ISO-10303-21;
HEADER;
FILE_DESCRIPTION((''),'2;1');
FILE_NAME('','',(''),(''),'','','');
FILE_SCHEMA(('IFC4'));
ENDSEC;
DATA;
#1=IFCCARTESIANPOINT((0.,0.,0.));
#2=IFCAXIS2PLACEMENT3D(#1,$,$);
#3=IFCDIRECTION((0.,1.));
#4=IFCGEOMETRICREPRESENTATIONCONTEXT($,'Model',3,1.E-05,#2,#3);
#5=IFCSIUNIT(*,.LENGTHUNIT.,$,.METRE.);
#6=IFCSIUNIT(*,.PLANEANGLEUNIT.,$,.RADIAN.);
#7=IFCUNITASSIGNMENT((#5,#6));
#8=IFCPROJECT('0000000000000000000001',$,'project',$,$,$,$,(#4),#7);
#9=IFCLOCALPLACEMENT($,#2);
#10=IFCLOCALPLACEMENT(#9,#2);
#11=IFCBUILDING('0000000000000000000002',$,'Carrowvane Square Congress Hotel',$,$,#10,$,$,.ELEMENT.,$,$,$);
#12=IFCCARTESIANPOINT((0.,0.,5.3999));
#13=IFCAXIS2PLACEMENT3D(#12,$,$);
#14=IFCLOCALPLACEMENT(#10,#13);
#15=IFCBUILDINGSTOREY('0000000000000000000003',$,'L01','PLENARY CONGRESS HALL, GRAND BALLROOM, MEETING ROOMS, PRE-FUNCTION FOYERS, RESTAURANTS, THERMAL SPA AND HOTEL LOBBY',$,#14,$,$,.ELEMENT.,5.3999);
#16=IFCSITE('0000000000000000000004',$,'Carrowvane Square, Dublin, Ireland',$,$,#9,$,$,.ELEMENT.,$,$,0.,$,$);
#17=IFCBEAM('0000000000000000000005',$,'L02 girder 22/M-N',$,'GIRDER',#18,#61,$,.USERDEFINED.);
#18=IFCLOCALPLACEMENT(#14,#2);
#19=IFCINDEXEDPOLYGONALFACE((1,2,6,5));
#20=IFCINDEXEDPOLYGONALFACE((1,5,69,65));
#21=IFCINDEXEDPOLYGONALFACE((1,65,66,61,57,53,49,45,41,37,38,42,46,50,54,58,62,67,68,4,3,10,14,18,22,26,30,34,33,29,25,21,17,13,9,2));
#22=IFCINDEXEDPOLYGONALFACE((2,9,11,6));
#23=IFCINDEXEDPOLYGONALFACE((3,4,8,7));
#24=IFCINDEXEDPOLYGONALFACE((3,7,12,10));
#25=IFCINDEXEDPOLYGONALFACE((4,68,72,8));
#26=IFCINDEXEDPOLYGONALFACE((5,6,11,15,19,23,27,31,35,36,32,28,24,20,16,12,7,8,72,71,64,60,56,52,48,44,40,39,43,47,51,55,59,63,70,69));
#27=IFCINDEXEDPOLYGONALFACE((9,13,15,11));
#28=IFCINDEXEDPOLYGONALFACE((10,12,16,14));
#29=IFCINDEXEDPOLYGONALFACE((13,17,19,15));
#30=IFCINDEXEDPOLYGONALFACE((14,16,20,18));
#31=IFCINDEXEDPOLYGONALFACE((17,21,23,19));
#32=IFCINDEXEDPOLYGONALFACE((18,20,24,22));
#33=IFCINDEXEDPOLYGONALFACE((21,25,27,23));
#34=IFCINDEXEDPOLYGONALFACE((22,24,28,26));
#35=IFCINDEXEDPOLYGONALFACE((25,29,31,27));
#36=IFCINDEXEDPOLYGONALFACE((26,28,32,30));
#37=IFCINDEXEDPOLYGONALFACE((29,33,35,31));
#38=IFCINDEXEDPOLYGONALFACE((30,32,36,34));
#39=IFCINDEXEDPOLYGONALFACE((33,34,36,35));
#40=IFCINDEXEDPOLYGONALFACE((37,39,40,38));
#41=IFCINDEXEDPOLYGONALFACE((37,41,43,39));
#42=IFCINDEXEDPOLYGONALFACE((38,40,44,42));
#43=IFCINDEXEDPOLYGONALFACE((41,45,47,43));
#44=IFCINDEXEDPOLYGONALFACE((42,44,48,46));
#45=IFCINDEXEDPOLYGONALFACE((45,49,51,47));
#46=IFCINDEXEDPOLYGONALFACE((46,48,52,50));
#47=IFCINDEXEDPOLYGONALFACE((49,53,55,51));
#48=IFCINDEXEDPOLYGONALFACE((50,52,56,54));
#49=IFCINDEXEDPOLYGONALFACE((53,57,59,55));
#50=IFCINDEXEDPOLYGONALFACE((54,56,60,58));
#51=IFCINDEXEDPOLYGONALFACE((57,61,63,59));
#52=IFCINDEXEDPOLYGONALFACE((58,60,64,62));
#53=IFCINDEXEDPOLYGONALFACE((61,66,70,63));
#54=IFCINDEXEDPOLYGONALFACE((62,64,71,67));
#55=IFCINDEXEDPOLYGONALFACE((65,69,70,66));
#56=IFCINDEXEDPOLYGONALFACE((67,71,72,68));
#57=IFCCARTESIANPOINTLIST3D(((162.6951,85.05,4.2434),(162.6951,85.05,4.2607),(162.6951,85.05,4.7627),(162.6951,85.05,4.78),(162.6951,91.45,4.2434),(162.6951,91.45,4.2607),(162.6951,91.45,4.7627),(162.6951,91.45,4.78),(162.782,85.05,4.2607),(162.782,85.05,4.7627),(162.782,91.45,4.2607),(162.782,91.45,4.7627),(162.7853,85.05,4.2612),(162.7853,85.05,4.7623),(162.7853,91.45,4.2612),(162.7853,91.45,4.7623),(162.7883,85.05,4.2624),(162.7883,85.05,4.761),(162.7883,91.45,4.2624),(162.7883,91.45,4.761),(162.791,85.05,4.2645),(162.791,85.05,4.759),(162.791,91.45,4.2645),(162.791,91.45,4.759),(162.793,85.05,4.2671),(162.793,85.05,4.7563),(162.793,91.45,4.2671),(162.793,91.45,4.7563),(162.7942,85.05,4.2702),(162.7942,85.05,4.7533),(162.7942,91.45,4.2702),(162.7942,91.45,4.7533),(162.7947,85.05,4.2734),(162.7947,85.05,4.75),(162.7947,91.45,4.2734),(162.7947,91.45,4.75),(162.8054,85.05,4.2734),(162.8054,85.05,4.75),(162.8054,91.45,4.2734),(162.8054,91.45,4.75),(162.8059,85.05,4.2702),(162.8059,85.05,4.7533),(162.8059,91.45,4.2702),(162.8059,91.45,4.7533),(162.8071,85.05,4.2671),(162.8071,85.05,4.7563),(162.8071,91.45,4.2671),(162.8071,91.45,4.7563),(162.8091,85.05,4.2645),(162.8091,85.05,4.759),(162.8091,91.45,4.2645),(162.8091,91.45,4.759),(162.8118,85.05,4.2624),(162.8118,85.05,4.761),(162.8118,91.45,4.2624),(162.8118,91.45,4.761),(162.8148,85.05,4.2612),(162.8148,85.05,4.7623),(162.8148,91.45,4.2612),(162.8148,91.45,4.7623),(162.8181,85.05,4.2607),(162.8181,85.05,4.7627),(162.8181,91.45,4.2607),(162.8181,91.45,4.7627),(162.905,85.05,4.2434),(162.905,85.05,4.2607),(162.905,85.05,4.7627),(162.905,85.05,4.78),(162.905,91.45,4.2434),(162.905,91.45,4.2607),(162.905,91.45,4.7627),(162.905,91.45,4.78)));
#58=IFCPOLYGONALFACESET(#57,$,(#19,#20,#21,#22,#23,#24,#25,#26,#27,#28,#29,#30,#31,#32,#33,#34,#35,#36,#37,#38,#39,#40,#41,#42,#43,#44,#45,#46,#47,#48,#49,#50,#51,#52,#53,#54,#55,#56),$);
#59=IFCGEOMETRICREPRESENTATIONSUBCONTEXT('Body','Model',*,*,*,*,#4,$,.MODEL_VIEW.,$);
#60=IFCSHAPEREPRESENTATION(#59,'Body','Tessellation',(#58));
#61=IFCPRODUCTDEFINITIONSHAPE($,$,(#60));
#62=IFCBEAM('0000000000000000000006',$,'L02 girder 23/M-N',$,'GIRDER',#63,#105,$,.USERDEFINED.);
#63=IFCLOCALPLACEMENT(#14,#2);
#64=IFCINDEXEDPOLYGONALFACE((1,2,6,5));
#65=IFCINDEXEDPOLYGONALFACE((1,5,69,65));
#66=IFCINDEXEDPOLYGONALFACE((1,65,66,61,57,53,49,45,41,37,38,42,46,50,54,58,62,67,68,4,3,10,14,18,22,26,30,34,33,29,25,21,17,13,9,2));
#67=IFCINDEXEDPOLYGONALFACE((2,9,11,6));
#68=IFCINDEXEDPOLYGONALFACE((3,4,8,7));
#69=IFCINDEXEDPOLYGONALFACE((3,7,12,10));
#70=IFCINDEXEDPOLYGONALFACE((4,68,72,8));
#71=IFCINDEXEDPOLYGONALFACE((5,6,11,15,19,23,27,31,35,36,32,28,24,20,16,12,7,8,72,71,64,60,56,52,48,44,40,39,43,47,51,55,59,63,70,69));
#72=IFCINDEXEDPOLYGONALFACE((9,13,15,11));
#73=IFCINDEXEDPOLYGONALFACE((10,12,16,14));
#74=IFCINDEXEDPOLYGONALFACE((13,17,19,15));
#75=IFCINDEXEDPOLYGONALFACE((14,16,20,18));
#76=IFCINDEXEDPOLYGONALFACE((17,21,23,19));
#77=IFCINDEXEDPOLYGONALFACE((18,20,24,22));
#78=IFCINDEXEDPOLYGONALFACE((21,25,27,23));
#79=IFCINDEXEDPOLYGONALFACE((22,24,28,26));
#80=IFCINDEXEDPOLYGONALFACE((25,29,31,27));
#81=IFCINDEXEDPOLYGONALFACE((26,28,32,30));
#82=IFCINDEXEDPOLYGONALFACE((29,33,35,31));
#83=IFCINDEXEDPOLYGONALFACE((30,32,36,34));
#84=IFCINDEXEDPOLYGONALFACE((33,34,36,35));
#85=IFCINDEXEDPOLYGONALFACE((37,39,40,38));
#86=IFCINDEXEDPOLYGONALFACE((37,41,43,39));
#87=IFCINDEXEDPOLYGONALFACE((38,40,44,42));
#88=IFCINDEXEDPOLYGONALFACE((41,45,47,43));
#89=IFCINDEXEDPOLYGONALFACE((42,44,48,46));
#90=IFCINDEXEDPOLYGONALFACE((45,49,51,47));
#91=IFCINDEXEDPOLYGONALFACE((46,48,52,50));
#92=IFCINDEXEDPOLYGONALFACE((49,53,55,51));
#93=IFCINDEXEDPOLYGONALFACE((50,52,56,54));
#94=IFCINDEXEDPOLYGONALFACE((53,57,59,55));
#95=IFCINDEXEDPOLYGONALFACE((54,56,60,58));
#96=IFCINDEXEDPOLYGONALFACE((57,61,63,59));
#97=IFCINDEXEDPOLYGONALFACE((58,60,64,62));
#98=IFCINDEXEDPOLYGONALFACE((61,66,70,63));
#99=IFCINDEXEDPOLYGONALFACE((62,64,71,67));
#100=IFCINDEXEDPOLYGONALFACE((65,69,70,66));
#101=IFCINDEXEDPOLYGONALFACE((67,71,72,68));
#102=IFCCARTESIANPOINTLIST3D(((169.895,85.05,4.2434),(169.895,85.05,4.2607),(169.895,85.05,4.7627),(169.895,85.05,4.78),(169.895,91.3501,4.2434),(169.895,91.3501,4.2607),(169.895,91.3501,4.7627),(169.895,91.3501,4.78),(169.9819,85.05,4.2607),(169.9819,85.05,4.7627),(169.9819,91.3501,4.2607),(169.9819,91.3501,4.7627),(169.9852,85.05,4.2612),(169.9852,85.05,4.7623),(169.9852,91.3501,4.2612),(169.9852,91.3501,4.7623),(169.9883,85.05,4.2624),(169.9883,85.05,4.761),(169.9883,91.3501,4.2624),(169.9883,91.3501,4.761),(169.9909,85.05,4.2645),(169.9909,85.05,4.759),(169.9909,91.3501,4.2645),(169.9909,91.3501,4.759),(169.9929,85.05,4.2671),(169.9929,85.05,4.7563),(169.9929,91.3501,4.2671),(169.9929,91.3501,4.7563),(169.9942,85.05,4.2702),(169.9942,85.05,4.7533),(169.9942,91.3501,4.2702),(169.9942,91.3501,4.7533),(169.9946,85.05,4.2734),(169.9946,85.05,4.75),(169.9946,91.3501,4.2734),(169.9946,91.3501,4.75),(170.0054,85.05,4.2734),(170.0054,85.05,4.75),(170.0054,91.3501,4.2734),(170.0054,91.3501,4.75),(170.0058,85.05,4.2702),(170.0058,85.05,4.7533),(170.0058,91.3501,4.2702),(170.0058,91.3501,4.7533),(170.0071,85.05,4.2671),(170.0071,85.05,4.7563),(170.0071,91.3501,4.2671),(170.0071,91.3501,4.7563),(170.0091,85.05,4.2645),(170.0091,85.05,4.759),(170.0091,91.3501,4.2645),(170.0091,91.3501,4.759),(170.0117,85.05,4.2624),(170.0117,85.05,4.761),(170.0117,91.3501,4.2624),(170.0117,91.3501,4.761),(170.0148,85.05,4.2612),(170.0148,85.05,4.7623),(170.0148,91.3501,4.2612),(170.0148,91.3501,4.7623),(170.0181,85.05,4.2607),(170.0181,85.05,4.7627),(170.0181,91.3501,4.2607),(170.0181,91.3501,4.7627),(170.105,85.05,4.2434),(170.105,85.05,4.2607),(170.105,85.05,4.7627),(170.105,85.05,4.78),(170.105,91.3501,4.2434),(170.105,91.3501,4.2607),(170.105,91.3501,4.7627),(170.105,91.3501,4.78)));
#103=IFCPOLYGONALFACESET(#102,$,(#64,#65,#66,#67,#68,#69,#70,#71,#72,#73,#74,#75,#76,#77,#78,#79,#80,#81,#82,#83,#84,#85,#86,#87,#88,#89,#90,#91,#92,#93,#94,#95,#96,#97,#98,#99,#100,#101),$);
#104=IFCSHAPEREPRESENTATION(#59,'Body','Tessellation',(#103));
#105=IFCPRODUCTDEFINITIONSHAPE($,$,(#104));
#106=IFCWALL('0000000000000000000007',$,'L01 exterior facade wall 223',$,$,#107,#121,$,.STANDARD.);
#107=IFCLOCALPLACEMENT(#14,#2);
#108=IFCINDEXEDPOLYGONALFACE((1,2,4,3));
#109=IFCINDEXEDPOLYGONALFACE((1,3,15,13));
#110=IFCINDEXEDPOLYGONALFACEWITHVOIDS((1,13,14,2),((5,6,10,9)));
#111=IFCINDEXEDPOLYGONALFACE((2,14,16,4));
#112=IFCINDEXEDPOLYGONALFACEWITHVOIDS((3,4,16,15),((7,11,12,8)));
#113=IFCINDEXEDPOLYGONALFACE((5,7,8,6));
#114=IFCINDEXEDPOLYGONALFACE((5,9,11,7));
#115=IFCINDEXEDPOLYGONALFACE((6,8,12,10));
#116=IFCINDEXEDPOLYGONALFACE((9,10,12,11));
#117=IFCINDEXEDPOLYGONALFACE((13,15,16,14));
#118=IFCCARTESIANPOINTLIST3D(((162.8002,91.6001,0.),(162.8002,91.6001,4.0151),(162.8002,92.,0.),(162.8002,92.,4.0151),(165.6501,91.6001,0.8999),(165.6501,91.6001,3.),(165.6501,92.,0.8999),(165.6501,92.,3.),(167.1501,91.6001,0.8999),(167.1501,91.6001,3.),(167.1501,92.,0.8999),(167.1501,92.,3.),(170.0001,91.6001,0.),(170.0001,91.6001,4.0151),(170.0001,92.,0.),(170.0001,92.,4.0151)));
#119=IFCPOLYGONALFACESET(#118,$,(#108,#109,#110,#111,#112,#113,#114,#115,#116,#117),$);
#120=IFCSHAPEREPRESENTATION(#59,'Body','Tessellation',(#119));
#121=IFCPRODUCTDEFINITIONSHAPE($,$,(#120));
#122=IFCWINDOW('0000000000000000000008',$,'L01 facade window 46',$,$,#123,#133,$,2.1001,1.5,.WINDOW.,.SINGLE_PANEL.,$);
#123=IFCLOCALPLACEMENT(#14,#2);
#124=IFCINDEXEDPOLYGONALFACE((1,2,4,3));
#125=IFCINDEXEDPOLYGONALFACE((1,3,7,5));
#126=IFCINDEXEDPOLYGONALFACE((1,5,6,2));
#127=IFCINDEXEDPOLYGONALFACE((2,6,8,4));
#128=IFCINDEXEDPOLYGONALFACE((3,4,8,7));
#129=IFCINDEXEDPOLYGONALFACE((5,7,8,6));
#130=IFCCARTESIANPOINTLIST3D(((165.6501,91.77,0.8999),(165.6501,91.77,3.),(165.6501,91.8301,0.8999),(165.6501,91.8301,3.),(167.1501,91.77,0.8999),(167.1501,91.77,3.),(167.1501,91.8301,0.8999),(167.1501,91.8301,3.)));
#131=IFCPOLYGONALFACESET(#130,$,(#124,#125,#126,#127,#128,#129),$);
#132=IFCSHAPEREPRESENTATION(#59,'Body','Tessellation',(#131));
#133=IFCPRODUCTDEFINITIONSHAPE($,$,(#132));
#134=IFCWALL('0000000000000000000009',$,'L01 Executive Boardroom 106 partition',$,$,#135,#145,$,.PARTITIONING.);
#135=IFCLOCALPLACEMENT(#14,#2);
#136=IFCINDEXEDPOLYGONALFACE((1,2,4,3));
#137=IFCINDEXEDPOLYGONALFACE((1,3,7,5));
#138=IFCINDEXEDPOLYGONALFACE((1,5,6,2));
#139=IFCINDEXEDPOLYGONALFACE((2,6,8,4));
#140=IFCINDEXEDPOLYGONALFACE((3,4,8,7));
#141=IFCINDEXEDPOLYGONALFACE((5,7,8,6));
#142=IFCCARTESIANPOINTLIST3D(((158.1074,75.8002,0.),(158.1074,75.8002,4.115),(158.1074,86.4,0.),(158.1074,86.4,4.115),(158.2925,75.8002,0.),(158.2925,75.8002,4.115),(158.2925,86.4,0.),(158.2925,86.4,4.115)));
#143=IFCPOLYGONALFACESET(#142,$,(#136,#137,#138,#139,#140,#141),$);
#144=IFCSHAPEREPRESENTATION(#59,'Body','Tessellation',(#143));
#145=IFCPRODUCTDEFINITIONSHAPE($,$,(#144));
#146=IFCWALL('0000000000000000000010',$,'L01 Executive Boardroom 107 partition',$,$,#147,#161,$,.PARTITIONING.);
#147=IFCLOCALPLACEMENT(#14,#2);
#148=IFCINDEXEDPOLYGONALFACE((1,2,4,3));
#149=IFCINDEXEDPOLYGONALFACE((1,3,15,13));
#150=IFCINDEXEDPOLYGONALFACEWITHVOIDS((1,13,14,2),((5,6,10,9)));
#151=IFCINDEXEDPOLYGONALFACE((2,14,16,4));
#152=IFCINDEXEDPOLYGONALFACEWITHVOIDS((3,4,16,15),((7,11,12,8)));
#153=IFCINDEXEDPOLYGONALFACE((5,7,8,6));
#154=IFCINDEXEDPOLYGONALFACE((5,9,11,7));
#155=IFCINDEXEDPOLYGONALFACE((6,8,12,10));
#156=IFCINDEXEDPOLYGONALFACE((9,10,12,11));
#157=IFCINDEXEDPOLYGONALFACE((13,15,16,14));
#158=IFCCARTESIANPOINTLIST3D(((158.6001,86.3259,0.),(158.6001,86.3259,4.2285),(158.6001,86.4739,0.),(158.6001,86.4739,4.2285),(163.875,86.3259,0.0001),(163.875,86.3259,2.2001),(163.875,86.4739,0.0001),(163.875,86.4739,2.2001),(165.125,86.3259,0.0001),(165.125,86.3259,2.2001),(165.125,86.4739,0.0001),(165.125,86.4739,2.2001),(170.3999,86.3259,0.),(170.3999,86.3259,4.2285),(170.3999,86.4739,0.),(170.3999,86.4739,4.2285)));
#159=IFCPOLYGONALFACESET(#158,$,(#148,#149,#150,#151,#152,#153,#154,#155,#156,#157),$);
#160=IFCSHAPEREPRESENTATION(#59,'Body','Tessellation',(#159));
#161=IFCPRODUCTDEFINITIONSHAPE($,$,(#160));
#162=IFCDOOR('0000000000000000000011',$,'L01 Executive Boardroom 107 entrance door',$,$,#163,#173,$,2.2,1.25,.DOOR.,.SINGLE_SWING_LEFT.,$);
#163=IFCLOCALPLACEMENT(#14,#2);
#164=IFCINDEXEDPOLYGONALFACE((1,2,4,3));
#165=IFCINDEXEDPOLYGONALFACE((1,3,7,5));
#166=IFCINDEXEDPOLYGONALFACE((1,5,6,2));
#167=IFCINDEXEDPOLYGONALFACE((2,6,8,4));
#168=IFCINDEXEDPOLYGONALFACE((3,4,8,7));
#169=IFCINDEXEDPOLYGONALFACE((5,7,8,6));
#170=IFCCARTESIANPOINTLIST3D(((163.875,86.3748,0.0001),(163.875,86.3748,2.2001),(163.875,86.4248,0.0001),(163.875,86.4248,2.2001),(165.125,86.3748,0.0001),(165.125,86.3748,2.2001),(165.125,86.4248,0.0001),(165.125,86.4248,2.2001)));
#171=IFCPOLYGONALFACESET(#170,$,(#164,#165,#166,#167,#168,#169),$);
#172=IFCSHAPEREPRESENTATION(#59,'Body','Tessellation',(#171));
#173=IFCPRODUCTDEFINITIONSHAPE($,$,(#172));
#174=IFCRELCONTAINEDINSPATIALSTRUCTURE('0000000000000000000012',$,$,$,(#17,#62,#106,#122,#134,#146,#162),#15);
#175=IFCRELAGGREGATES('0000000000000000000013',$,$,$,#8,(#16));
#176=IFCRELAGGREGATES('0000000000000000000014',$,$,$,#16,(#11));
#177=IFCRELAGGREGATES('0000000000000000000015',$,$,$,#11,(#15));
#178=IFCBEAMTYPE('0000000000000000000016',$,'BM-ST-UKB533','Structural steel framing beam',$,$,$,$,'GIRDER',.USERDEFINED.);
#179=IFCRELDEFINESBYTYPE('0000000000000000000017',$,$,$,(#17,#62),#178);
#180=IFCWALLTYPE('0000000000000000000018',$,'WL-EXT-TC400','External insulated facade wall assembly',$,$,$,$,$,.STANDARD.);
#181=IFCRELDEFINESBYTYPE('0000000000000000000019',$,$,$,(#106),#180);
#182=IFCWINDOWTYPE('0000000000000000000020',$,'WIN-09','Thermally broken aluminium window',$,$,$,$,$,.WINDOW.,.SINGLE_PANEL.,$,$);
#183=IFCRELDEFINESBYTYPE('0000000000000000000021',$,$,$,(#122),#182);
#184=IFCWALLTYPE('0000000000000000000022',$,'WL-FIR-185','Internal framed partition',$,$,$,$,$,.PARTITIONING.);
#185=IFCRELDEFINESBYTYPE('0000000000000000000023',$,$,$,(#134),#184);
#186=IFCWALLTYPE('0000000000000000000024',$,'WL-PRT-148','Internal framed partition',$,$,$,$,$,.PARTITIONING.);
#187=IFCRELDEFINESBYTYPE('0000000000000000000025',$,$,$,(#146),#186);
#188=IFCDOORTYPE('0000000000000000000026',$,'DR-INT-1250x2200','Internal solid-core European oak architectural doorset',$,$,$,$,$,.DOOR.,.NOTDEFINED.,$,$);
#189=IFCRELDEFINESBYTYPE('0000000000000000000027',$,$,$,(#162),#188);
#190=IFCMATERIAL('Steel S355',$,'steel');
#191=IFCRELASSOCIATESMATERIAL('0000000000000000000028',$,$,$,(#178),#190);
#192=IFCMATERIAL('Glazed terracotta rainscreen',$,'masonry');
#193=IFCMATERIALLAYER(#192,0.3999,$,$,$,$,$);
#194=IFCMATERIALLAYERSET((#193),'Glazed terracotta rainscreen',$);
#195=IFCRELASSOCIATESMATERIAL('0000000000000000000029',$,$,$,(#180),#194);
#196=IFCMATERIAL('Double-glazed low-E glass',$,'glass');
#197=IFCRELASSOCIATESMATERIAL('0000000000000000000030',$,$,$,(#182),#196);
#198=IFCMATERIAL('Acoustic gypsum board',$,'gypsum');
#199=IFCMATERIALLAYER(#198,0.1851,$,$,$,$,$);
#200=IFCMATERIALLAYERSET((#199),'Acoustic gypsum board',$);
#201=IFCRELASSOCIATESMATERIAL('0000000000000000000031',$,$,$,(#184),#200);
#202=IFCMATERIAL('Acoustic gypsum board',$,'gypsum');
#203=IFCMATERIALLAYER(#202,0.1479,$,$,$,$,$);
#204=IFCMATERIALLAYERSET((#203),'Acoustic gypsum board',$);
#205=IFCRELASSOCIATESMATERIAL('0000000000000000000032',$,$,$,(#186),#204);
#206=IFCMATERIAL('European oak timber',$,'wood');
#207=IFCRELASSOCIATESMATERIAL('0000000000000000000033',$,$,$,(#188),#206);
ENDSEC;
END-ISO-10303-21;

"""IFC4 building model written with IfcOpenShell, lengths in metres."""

from ifc_helpers import new_model, si_unit, direction, frame, frame_2d, origin, origin_2d, place, context, subcontext, project, spatial, rectangle, i_section, extrude, material, layer, layer_set, material_profile, profile_set, type_object, element, fill, save


model = new_model("IFC4")

# Units and contexts
model_context = context("Model", 3, precision=1e-05, world=origin(), true_north=direction((0.0, 1.0)))
body_context = subcontext(model_context, "Body", "Model", "MODEL_VIEW")
ifc_project = project(units=[si_unit("LENGTHUNIT", "METRE"), si_unit("PLANEANGLEUNIT", "RADIAN")], contexts=[model_context])

# Site, building, storey
site_placement = place(None, origin())
site = spatial("IfcSite", under=ifc_project, at=site_placement, Name="Carrowvane Square, Dublin, Ireland", CompositionType="ELEMENT", RefElevation=0.0)
building_placement = place(site_placement, origin())
building = spatial("IfcBuilding", under=site, at=building_placement, Name="Carrowvane Square Congress Hotel", CompositionType="ELEMENT")
storey_placement = place(building_placement, frame((0.0, 0.0, 5.3999)))
storey = spatial("IfcBuildingStorey", under=building, at=storey_placement, Name="L01", Description="PLENARY CONGRESS HALL, GRAND BALLROOM, MEETING ROOMS, PRE-FUNCTION FOYERS, RESTAURANTS, THERMAL SPA AND HOTEL LOBBY", CompositionType="ELEMENT", Elevation=5.3999)

# Beams
ifc_material_1 = material(Name="Steel S355", Category="steel")
ifc_material_profile_1 = material_profile(ifc_material_1, i_section(OverallWidth=0.21, OverallDepth=0.5366, WebThickness=0.0107, FlangeThickness=0.0173, FilletRadius=0.0127, at=origin_2d()), Name="UKB 533x210x101")
ifc_profile_set_1 = profile_set([ifc_material_profile_1], Name="Steel S355")
beam_type_1 = type_object("IfcBeamType", Name="BM-ST-UKB533", Description="Structural steel framing beam", ElementType="GIRDER", PredefinedType="USERDEFINED", material=ifc_profile_set_1)
for number, where, z_axis, x_axis, name in (
    (1, (162.8, 85.05, 4.5117), (0.0, 1.0, 0.0), (-1.0, 0.0, 0.0), "L02 girder 22/M-N"),
):
    element("IfcBeam", number, at=place(storey_placement, frame(where, z_axis=z_axis, x_axis=x_axis)), inside=storey, type_object=beam_type_1, Name=name, ObjectType="GIRDER", PredefinedType="USERDEFINED", context=body_context, shape_type="SweptSolid", body=[
        extrude(i_section(OverallWidth=0.21, OverallDepth=0.5366, WebThickness=0.0107, FlangeThickness=0.0173, FilletRadius=0.0127, at=origin_2d()), origin(), (0.0, 0.0, 1.0), 6.3999),
    ])
beam_1_placement = place(storey_placement, frame((170.0, 85.05, 4.5117), z_axis=(0.0, 1.0, 0.0), x_axis=(-1.0, 0.0, 0.0)))
element("IfcBeam", 2, at=beam_1_placement, inside=storey, type_object=beam_type_1, Name="L02 girder 23/M-N", ObjectType="GIRDER", PredefinedType="USERDEFINED", context=body_context, shape_type="SweptSolid", body=[
    extrude(i_section(OverallWidth=0.21, OverallDepth=0.5366, WebThickness=0.0107, FlangeThickness=0.0173, FilletRadius=0.0127, at=origin_2d()), origin(), (0.0, 0.0, 1.0), 6.3),
])

# Wall, opening, window
ifc_material_2 = material(Name="Glazed terracotta rainscreen", Category="masonry")
ifc_layer_1 = layer(ifc_material_2, 0.3999)
ifc_layer_set_1 = layer_set([ifc_layer_1], Name="Glazed terracotta rainscreen")
wall_type_1 = type_object("IfcWallType", Name="WL-EXT-TC400", Description="External insulated facade wall assembly", PredefinedType="STANDARD", material=ifc_layer_set_1)
wall_1_placement = place(storey_placement, frame((162.8, 91.8, 0.0), z_axis=(0.0, 0.0, 1.0), x_axis=(1.0, 0.0, 0.0)))
wall_1 = element("IfcWall", 3, at=wall_1_placement, inside=storey, type_object=wall_type_1, Name="L01 exterior facade wall 223", PredefinedType="STANDARD", context=body_context, shape_type="SweptSolid", body=[
    extrude(rectangle(XDim=7.2, YDim=0.3999, at=frame_2d((3.6001, 0.0))), origin(), (0.0, 0.0, 1.0), 4.0151),
])
opening_1_placement = place(wall_1_placement, frame((2.8501, 0.0, 0.8999)))
opening_1 = element("IfcOpeningElement", 4, at=opening_1_placement, cuts=wall_1, PredefinedType="OPENING", context=body_context, shape_type="SweptSolid", body=[
    extrude(rectangle(XDim=1.5, YDim=2.1001, at=frame_2d((0.75, 1.05))), frame((0.0, 0.21, 0.0), z_axis=(0.0, -1.0, 0.0), x_axis=(1.0, 0.0, 0.0)), (0.0, 0.0, 1.0), 0.4199),
])
ifc_material_3 = material(Name="Double-glazed low-E glass", Category="glass")
window_type = type_object("IfcWindowType", Name="WIN-09", Description="Thermally broken aluminium window", PartitioningType="SINGLE_PANEL", PredefinedType="WINDOW", material=ifc_material_3)
window_placement = place(opening_1_placement, origin())
window = element("IfcWindow", 5, at=window_placement, inside=storey, type_object=window_type, Name="L01 facade window 46", OverallHeight=2.1001, OverallWidth=1.5, PartitioningType="SINGLE_PANEL", PredefinedType="WINDOW", context=body_context, shape_type="SweptSolid", body=[
    extrude(rectangle(XDim=1.5, YDim=2.1001, at=frame_2d((0.75, 1.05))), frame((0.0, 0.03, 0.0), z_axis=(0.0, -1.0, 0.0), x_axis=(1.0, 0.0, 0.0)), (0.0, 0.0, 1.0), 0.0601),
])
fill(opening_1, window)

# Wall
ifc_material_4 = material(Name="Acoustic gypsum board", Category="gypsum")
ifc_layer_2 = layer(ifc_material_4, 0.1851)
ifc_layer_set_2 = layer_set([ifc_layer_2], Name="Acoustic gypsum board")
wall_type_2 = type_object("IfcWallType", Name="WL-FIR-185", Description="Internal framed partition", PredefinedType="PARTITIONING", material=ifc_layer_set_2)
wall_2_placement = place(storey_placement, frame((158.2, 86.3999, 0.0), z_axis=(0.0, 0.0, 1.0), x_axis=(0.0, -1.0, 0.0)))
element("IfcWall", 6, at=wall_2_placement, inside=storey, type_object=wall_type_2, Name="L01 Executive Boardroom 106 partition", PredefinedType="PARTITIONING", context=body_context, shape_type="SweptSolid", body=[
    extrude(rectangle(XDim=10.5999, YDim=0.1851, at=frame_2d((5.2998, 0.0))), origin(), (0.0, 0.0, 1.0), 4.115),
])

# Wall, opening, door
ifc_material_5 = material(Name="Acoustic gypsum board", Category="gypsum")
ifc_layer_3 = layer(ifc_material_5, 0.1479)
ifc_layer_set_3 = layer_set([ifc_layer_3], Name="Acoustic gypsum board")
wall_type_3 = type_object("IfcWallType", Name="WL-PRT-148", Description="Internal framed partition", PredefinedType="PARTITIONING", material=ifc_layer_set_3)
wall_3_placement = place(storey_placement, frame((158.6001, 86.3999, 0.0), z_axis=(0.0, 0.0, 1.0), x_axis=(1.0, 0.0, 0.0)))
wall_3 = element("IfcWall", 7, at=wall_3_placement, inside=storey, type_object=wall_type_3, Name="L01 Executive Boardroom 107 partition", PredefinedType="PARTITIONING", context=body_context, shape_type="SweptSolid", body=[
    extrude(rectangle(XDim=11.7998, YDim=0.1479, at=frame_2d((5.8999, 0.0))), origin(), (0.0, 0.0, 1.0), 4.2285),
])
opening_2_placement = place(wall_3_placement, frame((5.2749, 0.0, 0.0)))
opening_2 = element("IfcOpeningElement", 8, at=opening_2_placement, cuts=wall_3, PredefinedType="OPENING", context=body_context, shape_type="SweptSolid", body=[
    extrude(rectangle(XDim=1.25, YDim=2.2, at=frame_2d((0.625, 1.1001))), frame((0.0, 0.084, 0.0), z_axis=(0.0, -1.0, 0.0), x_axis=(1.0, 0.0, 0.0)), (0.0, 0.0, 1.0), 0.168),
])
ifc_material_6 = material(Name="European oak timber", Category="wood")
door_type = type_object("IfcDoorType", Name="DR-INT-1250x2200", Description="Internal solid-core European oak architectural doorset", OperationType="NOTDEFINED", PredefinedType="DOOR", material=ifc_material_6)
door_placement = place(opening_2_placement, origin())
door = element("IfcDoor", 9, at=door_placement, inside=storey, type_object=door_type, Name="L01 Executive Boardroom 107 entrance door", OperationType="SINGLE_SWING_LEFT", OverallHeight=2.2, OverallWidth=1.25, PredefinedType="DOOR", context=body_context, shape_type="SweptSolid", body=[
    extrude(rectangle(XDim=1.25, YDim=2.2, at=frame_2d((0.625, 1.1001))), frame((0.0, 0.0249, 0.0), z_axis=(0.0, -1.0, 0.0), x_axis=(1.0, 0.0, 0.0)), (0.0, 0.0, 1.0), 0.05),
])
fill(opening_2, door)

save(model, "model.ifc")
